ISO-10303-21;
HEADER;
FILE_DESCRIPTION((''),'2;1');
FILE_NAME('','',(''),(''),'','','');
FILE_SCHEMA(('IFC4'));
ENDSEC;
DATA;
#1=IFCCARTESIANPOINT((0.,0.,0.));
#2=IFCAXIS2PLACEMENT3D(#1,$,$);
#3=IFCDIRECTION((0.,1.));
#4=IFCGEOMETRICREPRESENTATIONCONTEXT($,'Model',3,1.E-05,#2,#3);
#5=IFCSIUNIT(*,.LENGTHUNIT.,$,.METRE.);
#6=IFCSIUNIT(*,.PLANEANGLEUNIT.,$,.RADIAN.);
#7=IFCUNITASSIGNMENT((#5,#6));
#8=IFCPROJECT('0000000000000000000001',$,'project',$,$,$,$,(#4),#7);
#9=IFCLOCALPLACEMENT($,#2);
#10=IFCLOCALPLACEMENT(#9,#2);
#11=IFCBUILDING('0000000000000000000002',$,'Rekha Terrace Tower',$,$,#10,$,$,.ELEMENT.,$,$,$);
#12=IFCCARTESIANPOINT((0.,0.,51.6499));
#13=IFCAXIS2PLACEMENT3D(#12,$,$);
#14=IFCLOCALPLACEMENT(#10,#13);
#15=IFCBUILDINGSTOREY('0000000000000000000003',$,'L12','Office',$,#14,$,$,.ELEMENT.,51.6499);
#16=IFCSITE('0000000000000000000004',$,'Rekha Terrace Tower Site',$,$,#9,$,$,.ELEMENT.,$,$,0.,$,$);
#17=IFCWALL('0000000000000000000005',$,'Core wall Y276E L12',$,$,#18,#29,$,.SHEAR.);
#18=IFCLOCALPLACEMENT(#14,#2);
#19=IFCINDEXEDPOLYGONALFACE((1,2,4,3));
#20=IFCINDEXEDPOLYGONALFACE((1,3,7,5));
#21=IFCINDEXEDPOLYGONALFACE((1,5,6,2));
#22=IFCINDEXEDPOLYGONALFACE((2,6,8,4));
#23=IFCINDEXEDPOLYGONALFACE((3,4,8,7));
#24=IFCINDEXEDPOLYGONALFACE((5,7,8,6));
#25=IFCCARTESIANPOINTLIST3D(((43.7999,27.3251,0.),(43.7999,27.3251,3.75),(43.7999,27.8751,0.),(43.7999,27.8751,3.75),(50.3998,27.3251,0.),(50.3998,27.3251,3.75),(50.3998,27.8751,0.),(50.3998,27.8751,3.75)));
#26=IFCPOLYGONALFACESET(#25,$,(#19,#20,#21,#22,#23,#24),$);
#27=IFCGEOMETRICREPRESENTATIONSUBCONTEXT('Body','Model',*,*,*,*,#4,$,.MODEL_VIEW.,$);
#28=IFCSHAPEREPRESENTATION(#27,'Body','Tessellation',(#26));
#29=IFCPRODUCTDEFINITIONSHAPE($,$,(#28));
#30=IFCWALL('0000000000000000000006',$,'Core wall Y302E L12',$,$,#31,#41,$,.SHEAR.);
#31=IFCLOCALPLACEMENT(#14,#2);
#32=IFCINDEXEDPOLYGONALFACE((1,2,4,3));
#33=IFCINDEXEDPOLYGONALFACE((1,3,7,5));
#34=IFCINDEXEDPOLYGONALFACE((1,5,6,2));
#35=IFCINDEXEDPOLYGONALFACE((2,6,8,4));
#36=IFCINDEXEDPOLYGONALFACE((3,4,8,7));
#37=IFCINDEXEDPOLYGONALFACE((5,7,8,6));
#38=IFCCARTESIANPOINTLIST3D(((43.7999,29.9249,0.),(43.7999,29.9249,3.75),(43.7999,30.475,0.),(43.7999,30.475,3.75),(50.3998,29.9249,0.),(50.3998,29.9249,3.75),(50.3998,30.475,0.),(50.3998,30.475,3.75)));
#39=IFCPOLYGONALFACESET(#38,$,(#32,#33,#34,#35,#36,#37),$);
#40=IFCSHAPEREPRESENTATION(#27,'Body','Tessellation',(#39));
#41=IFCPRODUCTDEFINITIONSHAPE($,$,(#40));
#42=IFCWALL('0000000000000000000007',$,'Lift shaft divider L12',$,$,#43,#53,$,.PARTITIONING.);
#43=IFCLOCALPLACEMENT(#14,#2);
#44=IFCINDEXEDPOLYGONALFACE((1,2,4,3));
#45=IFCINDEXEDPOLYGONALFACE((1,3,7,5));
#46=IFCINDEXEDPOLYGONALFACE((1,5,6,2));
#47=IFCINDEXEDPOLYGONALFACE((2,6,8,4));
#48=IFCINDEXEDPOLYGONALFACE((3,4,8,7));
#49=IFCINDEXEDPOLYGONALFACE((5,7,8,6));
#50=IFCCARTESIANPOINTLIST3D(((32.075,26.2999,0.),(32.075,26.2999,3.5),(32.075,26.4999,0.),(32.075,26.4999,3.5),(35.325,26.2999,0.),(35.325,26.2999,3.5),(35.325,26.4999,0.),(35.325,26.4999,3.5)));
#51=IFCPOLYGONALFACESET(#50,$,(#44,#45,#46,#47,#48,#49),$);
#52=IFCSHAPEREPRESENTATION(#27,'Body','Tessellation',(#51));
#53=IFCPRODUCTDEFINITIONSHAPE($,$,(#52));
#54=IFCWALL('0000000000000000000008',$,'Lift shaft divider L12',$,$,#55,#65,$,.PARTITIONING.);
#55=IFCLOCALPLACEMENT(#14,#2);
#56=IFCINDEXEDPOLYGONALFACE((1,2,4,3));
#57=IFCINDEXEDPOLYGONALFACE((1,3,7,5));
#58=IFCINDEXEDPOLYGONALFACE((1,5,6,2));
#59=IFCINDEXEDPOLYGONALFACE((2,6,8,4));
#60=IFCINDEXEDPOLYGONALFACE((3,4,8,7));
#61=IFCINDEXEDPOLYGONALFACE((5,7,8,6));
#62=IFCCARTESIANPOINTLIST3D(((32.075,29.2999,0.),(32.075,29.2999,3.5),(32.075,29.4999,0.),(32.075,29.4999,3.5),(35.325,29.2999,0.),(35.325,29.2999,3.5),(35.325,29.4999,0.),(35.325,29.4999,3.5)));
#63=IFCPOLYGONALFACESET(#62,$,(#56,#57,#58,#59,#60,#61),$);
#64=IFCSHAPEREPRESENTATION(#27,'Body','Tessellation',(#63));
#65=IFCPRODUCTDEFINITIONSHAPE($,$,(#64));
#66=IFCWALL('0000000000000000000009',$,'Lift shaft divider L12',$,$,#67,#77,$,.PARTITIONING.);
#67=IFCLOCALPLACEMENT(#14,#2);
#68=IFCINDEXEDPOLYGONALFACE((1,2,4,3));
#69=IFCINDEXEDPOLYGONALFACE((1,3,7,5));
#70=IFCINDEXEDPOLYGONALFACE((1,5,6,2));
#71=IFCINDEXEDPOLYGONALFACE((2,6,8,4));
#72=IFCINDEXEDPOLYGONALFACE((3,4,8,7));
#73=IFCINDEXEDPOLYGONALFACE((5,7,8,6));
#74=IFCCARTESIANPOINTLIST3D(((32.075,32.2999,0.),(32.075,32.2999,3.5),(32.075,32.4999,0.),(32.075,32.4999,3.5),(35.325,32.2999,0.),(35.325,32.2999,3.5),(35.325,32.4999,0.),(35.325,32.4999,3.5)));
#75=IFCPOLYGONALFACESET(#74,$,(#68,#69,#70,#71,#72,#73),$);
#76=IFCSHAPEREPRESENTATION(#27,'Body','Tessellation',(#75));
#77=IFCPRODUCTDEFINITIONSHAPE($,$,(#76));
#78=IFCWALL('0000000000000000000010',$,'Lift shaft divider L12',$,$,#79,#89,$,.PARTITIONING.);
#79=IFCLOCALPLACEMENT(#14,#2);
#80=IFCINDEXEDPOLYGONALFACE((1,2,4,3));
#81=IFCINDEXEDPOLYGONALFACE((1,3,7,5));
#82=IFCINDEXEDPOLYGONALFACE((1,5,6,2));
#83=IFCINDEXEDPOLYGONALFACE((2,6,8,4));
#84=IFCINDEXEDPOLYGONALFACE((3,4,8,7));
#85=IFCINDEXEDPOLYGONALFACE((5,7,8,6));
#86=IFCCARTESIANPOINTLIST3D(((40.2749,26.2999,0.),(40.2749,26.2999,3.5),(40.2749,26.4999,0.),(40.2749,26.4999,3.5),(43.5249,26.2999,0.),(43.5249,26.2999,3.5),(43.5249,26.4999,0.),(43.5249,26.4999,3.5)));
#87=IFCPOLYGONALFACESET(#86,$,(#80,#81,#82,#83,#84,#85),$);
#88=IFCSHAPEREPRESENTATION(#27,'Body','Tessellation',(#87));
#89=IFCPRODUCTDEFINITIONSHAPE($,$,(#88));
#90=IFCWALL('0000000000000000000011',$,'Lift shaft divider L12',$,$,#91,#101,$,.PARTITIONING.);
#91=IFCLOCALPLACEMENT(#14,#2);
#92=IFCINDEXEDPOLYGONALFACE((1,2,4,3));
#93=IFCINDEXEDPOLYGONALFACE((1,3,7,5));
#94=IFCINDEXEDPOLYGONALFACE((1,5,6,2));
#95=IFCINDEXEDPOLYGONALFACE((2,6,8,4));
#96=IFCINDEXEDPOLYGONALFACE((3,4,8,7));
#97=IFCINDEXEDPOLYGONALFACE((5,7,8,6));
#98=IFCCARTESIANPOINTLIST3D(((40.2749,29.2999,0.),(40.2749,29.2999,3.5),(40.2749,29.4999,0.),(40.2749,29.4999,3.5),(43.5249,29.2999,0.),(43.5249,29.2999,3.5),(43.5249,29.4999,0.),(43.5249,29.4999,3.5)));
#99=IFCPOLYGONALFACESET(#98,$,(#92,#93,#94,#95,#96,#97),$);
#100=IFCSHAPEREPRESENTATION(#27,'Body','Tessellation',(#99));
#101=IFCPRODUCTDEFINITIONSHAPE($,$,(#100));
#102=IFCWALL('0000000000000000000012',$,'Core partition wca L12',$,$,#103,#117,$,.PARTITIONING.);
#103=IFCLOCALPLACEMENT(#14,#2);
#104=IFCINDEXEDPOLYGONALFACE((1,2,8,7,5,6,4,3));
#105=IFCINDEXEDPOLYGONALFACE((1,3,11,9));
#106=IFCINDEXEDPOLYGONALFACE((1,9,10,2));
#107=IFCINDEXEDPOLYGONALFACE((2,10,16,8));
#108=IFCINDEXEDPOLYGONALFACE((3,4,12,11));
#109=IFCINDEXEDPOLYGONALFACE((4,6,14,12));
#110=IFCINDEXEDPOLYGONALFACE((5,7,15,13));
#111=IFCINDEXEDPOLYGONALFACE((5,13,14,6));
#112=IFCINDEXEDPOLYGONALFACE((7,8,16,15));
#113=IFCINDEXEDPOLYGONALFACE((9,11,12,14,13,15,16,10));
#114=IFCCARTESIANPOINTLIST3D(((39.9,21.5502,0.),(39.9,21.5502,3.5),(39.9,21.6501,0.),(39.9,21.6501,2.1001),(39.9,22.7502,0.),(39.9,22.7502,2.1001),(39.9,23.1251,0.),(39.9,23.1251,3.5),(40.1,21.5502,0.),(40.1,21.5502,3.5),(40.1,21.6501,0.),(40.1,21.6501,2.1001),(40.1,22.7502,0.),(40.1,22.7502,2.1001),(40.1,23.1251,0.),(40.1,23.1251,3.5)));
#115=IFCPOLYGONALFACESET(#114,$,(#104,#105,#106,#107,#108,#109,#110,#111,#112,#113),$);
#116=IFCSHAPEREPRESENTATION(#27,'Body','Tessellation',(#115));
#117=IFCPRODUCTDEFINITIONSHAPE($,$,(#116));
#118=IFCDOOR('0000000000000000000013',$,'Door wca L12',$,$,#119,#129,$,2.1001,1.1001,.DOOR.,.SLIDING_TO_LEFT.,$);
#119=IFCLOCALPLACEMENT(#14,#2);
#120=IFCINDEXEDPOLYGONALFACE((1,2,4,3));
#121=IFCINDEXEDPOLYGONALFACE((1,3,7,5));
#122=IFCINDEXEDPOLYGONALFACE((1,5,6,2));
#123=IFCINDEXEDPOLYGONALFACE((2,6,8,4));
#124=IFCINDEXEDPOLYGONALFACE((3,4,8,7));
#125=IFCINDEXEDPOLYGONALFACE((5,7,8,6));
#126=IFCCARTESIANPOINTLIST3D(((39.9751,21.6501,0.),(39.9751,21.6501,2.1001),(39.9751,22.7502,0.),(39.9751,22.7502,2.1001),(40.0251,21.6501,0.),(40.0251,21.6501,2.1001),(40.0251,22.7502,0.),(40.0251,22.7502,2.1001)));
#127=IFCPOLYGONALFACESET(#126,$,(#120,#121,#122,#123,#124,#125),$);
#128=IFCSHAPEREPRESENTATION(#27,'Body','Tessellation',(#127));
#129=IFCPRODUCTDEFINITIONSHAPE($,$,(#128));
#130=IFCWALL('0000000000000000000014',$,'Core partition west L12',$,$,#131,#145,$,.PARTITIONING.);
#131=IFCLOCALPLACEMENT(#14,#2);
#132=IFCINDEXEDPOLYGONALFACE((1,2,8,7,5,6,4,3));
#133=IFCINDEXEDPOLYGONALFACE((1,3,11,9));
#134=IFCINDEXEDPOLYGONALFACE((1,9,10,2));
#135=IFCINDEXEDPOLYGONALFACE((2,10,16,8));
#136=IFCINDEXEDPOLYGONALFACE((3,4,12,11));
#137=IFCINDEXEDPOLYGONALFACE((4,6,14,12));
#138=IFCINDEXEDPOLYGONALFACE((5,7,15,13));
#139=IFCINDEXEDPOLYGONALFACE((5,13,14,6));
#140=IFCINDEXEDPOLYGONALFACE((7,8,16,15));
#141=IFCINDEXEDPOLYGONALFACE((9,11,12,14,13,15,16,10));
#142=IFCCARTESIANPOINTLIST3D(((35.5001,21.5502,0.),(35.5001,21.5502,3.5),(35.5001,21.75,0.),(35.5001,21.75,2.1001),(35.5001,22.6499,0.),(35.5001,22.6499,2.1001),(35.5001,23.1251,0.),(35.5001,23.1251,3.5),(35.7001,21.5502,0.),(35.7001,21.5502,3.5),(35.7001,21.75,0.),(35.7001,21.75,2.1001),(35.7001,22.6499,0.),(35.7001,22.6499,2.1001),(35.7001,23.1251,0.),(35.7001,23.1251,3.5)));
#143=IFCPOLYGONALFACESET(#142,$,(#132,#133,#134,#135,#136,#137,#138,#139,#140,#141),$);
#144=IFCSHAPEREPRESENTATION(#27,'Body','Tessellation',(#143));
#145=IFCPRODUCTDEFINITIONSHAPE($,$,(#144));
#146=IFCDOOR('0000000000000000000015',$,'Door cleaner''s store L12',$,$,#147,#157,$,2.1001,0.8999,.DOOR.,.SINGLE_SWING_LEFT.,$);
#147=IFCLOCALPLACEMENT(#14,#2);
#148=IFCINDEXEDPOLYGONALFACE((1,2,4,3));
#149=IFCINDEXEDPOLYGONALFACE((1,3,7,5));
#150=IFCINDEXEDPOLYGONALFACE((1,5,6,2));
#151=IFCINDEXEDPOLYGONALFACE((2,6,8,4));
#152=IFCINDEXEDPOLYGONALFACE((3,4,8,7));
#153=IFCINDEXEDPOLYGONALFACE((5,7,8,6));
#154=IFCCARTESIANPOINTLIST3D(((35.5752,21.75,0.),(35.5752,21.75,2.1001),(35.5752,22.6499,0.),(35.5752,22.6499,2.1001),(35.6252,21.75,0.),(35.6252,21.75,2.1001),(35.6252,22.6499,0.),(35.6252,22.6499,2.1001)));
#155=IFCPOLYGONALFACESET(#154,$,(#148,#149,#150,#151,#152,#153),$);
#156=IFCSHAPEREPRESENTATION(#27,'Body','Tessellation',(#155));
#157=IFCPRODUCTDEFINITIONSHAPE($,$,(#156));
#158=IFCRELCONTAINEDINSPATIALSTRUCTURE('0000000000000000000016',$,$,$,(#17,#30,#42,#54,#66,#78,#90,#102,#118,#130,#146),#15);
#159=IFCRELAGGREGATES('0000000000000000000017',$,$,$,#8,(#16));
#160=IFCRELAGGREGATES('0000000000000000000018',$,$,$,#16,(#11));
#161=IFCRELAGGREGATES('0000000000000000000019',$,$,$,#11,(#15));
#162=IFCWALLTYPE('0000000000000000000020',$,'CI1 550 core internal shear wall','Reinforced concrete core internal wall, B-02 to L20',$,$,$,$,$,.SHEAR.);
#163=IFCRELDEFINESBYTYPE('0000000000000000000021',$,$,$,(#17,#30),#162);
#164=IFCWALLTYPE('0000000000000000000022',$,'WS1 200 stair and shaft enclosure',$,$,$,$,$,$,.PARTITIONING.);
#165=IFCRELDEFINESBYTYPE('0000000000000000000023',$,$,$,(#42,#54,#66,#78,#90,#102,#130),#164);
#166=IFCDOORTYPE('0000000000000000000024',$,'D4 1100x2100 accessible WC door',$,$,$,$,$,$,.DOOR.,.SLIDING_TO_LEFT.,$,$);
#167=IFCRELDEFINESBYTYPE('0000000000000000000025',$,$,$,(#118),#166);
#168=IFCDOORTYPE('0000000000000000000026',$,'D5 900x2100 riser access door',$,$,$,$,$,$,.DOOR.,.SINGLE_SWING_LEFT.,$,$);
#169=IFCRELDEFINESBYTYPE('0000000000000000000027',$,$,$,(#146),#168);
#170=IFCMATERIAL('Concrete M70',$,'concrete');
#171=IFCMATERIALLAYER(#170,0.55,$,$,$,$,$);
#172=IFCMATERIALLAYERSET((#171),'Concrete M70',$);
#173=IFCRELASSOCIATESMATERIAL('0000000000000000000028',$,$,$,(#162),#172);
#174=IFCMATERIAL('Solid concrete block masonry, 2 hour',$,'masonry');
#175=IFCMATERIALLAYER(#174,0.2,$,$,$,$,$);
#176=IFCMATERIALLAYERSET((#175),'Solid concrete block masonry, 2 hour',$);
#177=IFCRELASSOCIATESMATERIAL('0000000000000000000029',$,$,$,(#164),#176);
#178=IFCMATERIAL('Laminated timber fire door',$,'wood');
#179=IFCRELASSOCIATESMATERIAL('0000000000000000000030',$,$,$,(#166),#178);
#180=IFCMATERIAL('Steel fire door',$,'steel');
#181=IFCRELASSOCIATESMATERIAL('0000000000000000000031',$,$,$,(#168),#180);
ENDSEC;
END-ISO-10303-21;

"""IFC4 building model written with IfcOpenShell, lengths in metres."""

from ifc_helpers import new_model, si_unit, direction, frame, frame_2d, origin, place, context, subcontext, project, spatial, rectangle, extrude, material, layer, layer_set, type_object, element, fill, save


model = new_model("IFC4")

# Units and contexts
model_context = context("Model", 3, precision=1e-05, world=origin(), true_north=direction((0.0, 1.0)))
body_context = subcontext(model_context, "Body", "Model", "MODEL_VIEW")
ifc_project = project(units=[si_unit("LENGTHUNIT", "METRE"), si_unit("PLANEANGLEUNIT", "RADIAN")], contexts=[model_context])

# Site, building, storey
site_placement = place(None, origin())
site = spatial("IfcSite", under=ifc_project, at=site_placement, Name="Rekha Terrace Tower Site", CompositionType="ELEMENT", RefElevation=0.0)
building_placement = place(site_placement, origin())
building = spatial("IfcBuilding", under=site, at=building_placement, Name="Rekha Terrace Tower", CompositionType="ELEMENT")
storey_placement = place(building_placement, frame((0.0, 0.0, 51.6499)))
storey = spatial("IfcBuildingStorey", under=building, at=storey_placement, Name="L12", Description="Office", CompositionType="ELEMENT", Elevation=51.6499)

# Shared definitions
ifc_material_1 = material(Name="Concrete M70", Category="concrete")
ifc_layer_1 = layer(ifc_material_1, 0.55)
ifc_layer_set_1 = layer_set([ifc_layer_1], Name="Concrete M70")
wall_type_1 = type_object("IfcWallType", Name="CI1 550 core internal shear wall", Description="Reinforced concrete core internal wall, B-02 to L20", PredefinedType="SHEAR", material=ifc_layer_set_1)

# Walls
for number, where, z_axis, x_axis, name in (
    (1, (43.8, 27.6001, 0.0), (0.0, 0.0, 1.0), (1.0, 0.0, 0.0), "Core wall Y276E L12"),
    (2, (43.8, 30.2, 0.0), (0.0, 0.0, 1.0), (1.0, 0.0, 0.0), "Core wall Y302E L12"),
):
    element("IfcWall", number, at=place(storey_placement, frame(where, z_axis=z_axis, x_axis=x_axis)), inside=storey, type_object=wall_type_1, Name=name, PredefinedType="SHEAR", context=body_context, shape_type="SweptSolid", body=[
        extrude(rectangle(XDim=6.5999, YDim=0.55, at=frame_2d((3.2998, 0.0))), origin(), (0.0, 0.0, 1.0), 3.75),
    ])
ifc_material_2 = material(Name="Solid concrete block masonry, 2 hour", Category="masonry")
ifc_layer_2 = layer(ifc_material_2, 0.2)
ifc_layer_set_2 = layer_set([ifc_layer_2], Name="Solid concrete block masonry, 2 hour")
wall_type_2 = type_object("IfcWallType", Name="WS1 200 stair and shaft enclosure", PredefinedType="PARTITIONING", material=ifc_layer_set_2)
for number, where, z_axis, x_axis, name in (
    (3, (32.075, 26.3999, 0.0), (0.0, 0.0, 1.0), (1.0, 0.0, 0.0), "Lift shaft divider L12"),
    (4, (32.075, 29.3999, 0.0), (0.0, 0.0, 1.0), (1.0, 0.0, 0.0), "Lift shaft divider L12"),
    (5, (32.075, 32.3999, 0.0), (0.0, 0.0, 1.0), (1.0, 0.0, 0.0), "Lift shaft divider L12"),
    (6, (40.2749, 26.3999, 0.0), (0.0, 0.0, 1.0), (1.0, 0.0, 0.0), "Lift shaft divider L12"),
    (7, (40.2749, 29.3999, 0.0), (0.0, 0.0, 1.0), (1.0, 0.0, 0.0), "Lift shaft divider L12"),
):
    element("IfcWall", number, at=place(storey_placement, frame(where, z_axis=z_axis, x_axis=x_axis)), inside=storey, type_object=wall_type_2, Name=name, PredefinedType="PARTITIONING", context=body_context, shape_type="SweptSolid", body=[
        extrude(rectangle(XDim=3.25, YDim=0.2, at=frame_2d((1.625, 0.0))), origin(), (0.0, 0.0, 1.0), 3.5),
    ])

# Walls, openings, doors
wall_1_placement = place(storey_placement, frame((40.0, 21.55, 0.0), z_axis=(0.0, 0.0, 1.0), x_axis=(0.0, 1.0, 0.0)))
wall_1 = element("IfcWall", 8, at=wall_1_placement, inside=storey, type_object=wall_type_2, Name="Core partition wca L12", PredefinedType="PARTITIONING", context=body_context, shape_type="SweptSolid", body=[
    extrude(rectangle(XDim=1.575, YDim=0.2, at=frame_2d((0.7876, 0.0))), origin(), (0.0, 0.0, 1.0), 3.5),
])
opening_1_placement = place(wall_1_placement, frame((0.1001, 0.0, 0.0)))
opening_1 = element("IfcOpeningElement", 9, at=opening_1_placement, cuts=wall_1, PredefinedType="OPENING", context=body_context, shape_type="SweptSolid", body=[
    extrude(rectangle(XDim=1.1001, YDim=2.1001, at=frame_2d((0.55, 1.05))), frame((0.0, 0.1099, 0.0), z_axis=(0.0, -1.0, 0.0), x_axis=(1.0, 0.0, 0.0)), (0.0, 0.0, 1.0), 0.22),
])
ifc_material_3 = material(Name="Laminated timber fire door", Category="wood")
door_type_1 = type_object("IfcDoorType", Name="D4 1100x2100 accessible WC door", OperationType="SLIDING_TO_LEFT", PredefinedType="DOOR", material=ifc_material_3)
door_1_placement = place(opening_1_placement, origin())
door_1 = element("IfcDoor", 10, at=door_1_placement, inside=storey, type_object=door_type_1, Name="Door wca L12", OperationType="SLIDING_TO_LEFT", OverallHeight=2.1001, OverallWidth=1.1001, PredefinedType="DOOR", context=body_context, shape_type="SweptSolid", body=[
    extrude(rectangle(XDim=1.1001, YDim=2.1001, at=frame_2d((0.55, 1.05))), frame((0.0, 0.0249, 0.0), z_axis=(0.0, -1.0, 0.0), x_axis=(1.0, 0.0, 0.0)), (0.0, 0.0, 1.0), 0.05),
])
fill(opening_1, door_1)
wall_2_placement = place(storey_placement, frame((35.6001, 21.55, 0.0), z_axis=(0.0, 0.0, 1.0), x_axis=(0.0, 1.0, 0.0)))
wall_2 = element("IfcWall", 11, at=wall_2_placement, inside=storey, type_object=wall_type_2, Name="Core partition west L12", PredefinedType="PARTITIONING", context=body_context, shape_type="SweptSolid", body=[
    extrude(rectangle(XDim=1.575, YDim=0.2, at=frame_2d((0.7876, 0.0))), origin(), (0.0, 0.0, 1.0), 3.5),
])
opening_2_placement = place(wall_2_placement, frame((0.2, 0.0, 0.0)))
opening_2 = element("IfcOpeningElement", 12, at=opening_2_placement, cuts=wall_2, PredefinedType="OPENING", context=body_context, shape_type="SweptSolid", body=[
    extrude(rectangle(XDim=0.8999, YDim=2.1001, at=frame_2d((0.45, 1.05))), frame((0.0, 0.1099, 0.0), z_axis=(0.0, -1.0, 0.0), x_axis=(1.0, 0.0, 0.0)), (0.0, 0.0, 1.0), 0.22),
])
ifc_material_4 = material(Name="Steel fire door", Category="steel")
door_type_2 = type_object("IfcDoorType", Name="D5 900x2100 riser access door", OperationType="SINGLE_SWING_LEFT", PredefinedType="DOOR", material=ifc_material_4)
door_2_placement = place(opening_2_placement, origin())
door_2 = element("IfcDoor", 13, at=door_2_placement, inside=storey, type_object=door_type_2, Name="Door cleaner's store L12", OperationType="SINGLE_SWING_LEFT", OverallHeight=2.1001, OverallWidth=0.8999, PredefinedType="DOOR", context=body_context, shape_type="SweptSolid", body=[
    extrude(rectangle(XDim=0.8999, YDim=2.1001, at=frame_2d((0.45, 1.05))), frame((0.0, 0.0249, 0.0), z_axis=(0.0, -1.0, 0.0), x_axis=(1.0, 0.0, 0.0)), (0.0, 0.0, 1.0), 0.05),
])
fill(opening_2, door_2)

save(model, "model.ifc")
